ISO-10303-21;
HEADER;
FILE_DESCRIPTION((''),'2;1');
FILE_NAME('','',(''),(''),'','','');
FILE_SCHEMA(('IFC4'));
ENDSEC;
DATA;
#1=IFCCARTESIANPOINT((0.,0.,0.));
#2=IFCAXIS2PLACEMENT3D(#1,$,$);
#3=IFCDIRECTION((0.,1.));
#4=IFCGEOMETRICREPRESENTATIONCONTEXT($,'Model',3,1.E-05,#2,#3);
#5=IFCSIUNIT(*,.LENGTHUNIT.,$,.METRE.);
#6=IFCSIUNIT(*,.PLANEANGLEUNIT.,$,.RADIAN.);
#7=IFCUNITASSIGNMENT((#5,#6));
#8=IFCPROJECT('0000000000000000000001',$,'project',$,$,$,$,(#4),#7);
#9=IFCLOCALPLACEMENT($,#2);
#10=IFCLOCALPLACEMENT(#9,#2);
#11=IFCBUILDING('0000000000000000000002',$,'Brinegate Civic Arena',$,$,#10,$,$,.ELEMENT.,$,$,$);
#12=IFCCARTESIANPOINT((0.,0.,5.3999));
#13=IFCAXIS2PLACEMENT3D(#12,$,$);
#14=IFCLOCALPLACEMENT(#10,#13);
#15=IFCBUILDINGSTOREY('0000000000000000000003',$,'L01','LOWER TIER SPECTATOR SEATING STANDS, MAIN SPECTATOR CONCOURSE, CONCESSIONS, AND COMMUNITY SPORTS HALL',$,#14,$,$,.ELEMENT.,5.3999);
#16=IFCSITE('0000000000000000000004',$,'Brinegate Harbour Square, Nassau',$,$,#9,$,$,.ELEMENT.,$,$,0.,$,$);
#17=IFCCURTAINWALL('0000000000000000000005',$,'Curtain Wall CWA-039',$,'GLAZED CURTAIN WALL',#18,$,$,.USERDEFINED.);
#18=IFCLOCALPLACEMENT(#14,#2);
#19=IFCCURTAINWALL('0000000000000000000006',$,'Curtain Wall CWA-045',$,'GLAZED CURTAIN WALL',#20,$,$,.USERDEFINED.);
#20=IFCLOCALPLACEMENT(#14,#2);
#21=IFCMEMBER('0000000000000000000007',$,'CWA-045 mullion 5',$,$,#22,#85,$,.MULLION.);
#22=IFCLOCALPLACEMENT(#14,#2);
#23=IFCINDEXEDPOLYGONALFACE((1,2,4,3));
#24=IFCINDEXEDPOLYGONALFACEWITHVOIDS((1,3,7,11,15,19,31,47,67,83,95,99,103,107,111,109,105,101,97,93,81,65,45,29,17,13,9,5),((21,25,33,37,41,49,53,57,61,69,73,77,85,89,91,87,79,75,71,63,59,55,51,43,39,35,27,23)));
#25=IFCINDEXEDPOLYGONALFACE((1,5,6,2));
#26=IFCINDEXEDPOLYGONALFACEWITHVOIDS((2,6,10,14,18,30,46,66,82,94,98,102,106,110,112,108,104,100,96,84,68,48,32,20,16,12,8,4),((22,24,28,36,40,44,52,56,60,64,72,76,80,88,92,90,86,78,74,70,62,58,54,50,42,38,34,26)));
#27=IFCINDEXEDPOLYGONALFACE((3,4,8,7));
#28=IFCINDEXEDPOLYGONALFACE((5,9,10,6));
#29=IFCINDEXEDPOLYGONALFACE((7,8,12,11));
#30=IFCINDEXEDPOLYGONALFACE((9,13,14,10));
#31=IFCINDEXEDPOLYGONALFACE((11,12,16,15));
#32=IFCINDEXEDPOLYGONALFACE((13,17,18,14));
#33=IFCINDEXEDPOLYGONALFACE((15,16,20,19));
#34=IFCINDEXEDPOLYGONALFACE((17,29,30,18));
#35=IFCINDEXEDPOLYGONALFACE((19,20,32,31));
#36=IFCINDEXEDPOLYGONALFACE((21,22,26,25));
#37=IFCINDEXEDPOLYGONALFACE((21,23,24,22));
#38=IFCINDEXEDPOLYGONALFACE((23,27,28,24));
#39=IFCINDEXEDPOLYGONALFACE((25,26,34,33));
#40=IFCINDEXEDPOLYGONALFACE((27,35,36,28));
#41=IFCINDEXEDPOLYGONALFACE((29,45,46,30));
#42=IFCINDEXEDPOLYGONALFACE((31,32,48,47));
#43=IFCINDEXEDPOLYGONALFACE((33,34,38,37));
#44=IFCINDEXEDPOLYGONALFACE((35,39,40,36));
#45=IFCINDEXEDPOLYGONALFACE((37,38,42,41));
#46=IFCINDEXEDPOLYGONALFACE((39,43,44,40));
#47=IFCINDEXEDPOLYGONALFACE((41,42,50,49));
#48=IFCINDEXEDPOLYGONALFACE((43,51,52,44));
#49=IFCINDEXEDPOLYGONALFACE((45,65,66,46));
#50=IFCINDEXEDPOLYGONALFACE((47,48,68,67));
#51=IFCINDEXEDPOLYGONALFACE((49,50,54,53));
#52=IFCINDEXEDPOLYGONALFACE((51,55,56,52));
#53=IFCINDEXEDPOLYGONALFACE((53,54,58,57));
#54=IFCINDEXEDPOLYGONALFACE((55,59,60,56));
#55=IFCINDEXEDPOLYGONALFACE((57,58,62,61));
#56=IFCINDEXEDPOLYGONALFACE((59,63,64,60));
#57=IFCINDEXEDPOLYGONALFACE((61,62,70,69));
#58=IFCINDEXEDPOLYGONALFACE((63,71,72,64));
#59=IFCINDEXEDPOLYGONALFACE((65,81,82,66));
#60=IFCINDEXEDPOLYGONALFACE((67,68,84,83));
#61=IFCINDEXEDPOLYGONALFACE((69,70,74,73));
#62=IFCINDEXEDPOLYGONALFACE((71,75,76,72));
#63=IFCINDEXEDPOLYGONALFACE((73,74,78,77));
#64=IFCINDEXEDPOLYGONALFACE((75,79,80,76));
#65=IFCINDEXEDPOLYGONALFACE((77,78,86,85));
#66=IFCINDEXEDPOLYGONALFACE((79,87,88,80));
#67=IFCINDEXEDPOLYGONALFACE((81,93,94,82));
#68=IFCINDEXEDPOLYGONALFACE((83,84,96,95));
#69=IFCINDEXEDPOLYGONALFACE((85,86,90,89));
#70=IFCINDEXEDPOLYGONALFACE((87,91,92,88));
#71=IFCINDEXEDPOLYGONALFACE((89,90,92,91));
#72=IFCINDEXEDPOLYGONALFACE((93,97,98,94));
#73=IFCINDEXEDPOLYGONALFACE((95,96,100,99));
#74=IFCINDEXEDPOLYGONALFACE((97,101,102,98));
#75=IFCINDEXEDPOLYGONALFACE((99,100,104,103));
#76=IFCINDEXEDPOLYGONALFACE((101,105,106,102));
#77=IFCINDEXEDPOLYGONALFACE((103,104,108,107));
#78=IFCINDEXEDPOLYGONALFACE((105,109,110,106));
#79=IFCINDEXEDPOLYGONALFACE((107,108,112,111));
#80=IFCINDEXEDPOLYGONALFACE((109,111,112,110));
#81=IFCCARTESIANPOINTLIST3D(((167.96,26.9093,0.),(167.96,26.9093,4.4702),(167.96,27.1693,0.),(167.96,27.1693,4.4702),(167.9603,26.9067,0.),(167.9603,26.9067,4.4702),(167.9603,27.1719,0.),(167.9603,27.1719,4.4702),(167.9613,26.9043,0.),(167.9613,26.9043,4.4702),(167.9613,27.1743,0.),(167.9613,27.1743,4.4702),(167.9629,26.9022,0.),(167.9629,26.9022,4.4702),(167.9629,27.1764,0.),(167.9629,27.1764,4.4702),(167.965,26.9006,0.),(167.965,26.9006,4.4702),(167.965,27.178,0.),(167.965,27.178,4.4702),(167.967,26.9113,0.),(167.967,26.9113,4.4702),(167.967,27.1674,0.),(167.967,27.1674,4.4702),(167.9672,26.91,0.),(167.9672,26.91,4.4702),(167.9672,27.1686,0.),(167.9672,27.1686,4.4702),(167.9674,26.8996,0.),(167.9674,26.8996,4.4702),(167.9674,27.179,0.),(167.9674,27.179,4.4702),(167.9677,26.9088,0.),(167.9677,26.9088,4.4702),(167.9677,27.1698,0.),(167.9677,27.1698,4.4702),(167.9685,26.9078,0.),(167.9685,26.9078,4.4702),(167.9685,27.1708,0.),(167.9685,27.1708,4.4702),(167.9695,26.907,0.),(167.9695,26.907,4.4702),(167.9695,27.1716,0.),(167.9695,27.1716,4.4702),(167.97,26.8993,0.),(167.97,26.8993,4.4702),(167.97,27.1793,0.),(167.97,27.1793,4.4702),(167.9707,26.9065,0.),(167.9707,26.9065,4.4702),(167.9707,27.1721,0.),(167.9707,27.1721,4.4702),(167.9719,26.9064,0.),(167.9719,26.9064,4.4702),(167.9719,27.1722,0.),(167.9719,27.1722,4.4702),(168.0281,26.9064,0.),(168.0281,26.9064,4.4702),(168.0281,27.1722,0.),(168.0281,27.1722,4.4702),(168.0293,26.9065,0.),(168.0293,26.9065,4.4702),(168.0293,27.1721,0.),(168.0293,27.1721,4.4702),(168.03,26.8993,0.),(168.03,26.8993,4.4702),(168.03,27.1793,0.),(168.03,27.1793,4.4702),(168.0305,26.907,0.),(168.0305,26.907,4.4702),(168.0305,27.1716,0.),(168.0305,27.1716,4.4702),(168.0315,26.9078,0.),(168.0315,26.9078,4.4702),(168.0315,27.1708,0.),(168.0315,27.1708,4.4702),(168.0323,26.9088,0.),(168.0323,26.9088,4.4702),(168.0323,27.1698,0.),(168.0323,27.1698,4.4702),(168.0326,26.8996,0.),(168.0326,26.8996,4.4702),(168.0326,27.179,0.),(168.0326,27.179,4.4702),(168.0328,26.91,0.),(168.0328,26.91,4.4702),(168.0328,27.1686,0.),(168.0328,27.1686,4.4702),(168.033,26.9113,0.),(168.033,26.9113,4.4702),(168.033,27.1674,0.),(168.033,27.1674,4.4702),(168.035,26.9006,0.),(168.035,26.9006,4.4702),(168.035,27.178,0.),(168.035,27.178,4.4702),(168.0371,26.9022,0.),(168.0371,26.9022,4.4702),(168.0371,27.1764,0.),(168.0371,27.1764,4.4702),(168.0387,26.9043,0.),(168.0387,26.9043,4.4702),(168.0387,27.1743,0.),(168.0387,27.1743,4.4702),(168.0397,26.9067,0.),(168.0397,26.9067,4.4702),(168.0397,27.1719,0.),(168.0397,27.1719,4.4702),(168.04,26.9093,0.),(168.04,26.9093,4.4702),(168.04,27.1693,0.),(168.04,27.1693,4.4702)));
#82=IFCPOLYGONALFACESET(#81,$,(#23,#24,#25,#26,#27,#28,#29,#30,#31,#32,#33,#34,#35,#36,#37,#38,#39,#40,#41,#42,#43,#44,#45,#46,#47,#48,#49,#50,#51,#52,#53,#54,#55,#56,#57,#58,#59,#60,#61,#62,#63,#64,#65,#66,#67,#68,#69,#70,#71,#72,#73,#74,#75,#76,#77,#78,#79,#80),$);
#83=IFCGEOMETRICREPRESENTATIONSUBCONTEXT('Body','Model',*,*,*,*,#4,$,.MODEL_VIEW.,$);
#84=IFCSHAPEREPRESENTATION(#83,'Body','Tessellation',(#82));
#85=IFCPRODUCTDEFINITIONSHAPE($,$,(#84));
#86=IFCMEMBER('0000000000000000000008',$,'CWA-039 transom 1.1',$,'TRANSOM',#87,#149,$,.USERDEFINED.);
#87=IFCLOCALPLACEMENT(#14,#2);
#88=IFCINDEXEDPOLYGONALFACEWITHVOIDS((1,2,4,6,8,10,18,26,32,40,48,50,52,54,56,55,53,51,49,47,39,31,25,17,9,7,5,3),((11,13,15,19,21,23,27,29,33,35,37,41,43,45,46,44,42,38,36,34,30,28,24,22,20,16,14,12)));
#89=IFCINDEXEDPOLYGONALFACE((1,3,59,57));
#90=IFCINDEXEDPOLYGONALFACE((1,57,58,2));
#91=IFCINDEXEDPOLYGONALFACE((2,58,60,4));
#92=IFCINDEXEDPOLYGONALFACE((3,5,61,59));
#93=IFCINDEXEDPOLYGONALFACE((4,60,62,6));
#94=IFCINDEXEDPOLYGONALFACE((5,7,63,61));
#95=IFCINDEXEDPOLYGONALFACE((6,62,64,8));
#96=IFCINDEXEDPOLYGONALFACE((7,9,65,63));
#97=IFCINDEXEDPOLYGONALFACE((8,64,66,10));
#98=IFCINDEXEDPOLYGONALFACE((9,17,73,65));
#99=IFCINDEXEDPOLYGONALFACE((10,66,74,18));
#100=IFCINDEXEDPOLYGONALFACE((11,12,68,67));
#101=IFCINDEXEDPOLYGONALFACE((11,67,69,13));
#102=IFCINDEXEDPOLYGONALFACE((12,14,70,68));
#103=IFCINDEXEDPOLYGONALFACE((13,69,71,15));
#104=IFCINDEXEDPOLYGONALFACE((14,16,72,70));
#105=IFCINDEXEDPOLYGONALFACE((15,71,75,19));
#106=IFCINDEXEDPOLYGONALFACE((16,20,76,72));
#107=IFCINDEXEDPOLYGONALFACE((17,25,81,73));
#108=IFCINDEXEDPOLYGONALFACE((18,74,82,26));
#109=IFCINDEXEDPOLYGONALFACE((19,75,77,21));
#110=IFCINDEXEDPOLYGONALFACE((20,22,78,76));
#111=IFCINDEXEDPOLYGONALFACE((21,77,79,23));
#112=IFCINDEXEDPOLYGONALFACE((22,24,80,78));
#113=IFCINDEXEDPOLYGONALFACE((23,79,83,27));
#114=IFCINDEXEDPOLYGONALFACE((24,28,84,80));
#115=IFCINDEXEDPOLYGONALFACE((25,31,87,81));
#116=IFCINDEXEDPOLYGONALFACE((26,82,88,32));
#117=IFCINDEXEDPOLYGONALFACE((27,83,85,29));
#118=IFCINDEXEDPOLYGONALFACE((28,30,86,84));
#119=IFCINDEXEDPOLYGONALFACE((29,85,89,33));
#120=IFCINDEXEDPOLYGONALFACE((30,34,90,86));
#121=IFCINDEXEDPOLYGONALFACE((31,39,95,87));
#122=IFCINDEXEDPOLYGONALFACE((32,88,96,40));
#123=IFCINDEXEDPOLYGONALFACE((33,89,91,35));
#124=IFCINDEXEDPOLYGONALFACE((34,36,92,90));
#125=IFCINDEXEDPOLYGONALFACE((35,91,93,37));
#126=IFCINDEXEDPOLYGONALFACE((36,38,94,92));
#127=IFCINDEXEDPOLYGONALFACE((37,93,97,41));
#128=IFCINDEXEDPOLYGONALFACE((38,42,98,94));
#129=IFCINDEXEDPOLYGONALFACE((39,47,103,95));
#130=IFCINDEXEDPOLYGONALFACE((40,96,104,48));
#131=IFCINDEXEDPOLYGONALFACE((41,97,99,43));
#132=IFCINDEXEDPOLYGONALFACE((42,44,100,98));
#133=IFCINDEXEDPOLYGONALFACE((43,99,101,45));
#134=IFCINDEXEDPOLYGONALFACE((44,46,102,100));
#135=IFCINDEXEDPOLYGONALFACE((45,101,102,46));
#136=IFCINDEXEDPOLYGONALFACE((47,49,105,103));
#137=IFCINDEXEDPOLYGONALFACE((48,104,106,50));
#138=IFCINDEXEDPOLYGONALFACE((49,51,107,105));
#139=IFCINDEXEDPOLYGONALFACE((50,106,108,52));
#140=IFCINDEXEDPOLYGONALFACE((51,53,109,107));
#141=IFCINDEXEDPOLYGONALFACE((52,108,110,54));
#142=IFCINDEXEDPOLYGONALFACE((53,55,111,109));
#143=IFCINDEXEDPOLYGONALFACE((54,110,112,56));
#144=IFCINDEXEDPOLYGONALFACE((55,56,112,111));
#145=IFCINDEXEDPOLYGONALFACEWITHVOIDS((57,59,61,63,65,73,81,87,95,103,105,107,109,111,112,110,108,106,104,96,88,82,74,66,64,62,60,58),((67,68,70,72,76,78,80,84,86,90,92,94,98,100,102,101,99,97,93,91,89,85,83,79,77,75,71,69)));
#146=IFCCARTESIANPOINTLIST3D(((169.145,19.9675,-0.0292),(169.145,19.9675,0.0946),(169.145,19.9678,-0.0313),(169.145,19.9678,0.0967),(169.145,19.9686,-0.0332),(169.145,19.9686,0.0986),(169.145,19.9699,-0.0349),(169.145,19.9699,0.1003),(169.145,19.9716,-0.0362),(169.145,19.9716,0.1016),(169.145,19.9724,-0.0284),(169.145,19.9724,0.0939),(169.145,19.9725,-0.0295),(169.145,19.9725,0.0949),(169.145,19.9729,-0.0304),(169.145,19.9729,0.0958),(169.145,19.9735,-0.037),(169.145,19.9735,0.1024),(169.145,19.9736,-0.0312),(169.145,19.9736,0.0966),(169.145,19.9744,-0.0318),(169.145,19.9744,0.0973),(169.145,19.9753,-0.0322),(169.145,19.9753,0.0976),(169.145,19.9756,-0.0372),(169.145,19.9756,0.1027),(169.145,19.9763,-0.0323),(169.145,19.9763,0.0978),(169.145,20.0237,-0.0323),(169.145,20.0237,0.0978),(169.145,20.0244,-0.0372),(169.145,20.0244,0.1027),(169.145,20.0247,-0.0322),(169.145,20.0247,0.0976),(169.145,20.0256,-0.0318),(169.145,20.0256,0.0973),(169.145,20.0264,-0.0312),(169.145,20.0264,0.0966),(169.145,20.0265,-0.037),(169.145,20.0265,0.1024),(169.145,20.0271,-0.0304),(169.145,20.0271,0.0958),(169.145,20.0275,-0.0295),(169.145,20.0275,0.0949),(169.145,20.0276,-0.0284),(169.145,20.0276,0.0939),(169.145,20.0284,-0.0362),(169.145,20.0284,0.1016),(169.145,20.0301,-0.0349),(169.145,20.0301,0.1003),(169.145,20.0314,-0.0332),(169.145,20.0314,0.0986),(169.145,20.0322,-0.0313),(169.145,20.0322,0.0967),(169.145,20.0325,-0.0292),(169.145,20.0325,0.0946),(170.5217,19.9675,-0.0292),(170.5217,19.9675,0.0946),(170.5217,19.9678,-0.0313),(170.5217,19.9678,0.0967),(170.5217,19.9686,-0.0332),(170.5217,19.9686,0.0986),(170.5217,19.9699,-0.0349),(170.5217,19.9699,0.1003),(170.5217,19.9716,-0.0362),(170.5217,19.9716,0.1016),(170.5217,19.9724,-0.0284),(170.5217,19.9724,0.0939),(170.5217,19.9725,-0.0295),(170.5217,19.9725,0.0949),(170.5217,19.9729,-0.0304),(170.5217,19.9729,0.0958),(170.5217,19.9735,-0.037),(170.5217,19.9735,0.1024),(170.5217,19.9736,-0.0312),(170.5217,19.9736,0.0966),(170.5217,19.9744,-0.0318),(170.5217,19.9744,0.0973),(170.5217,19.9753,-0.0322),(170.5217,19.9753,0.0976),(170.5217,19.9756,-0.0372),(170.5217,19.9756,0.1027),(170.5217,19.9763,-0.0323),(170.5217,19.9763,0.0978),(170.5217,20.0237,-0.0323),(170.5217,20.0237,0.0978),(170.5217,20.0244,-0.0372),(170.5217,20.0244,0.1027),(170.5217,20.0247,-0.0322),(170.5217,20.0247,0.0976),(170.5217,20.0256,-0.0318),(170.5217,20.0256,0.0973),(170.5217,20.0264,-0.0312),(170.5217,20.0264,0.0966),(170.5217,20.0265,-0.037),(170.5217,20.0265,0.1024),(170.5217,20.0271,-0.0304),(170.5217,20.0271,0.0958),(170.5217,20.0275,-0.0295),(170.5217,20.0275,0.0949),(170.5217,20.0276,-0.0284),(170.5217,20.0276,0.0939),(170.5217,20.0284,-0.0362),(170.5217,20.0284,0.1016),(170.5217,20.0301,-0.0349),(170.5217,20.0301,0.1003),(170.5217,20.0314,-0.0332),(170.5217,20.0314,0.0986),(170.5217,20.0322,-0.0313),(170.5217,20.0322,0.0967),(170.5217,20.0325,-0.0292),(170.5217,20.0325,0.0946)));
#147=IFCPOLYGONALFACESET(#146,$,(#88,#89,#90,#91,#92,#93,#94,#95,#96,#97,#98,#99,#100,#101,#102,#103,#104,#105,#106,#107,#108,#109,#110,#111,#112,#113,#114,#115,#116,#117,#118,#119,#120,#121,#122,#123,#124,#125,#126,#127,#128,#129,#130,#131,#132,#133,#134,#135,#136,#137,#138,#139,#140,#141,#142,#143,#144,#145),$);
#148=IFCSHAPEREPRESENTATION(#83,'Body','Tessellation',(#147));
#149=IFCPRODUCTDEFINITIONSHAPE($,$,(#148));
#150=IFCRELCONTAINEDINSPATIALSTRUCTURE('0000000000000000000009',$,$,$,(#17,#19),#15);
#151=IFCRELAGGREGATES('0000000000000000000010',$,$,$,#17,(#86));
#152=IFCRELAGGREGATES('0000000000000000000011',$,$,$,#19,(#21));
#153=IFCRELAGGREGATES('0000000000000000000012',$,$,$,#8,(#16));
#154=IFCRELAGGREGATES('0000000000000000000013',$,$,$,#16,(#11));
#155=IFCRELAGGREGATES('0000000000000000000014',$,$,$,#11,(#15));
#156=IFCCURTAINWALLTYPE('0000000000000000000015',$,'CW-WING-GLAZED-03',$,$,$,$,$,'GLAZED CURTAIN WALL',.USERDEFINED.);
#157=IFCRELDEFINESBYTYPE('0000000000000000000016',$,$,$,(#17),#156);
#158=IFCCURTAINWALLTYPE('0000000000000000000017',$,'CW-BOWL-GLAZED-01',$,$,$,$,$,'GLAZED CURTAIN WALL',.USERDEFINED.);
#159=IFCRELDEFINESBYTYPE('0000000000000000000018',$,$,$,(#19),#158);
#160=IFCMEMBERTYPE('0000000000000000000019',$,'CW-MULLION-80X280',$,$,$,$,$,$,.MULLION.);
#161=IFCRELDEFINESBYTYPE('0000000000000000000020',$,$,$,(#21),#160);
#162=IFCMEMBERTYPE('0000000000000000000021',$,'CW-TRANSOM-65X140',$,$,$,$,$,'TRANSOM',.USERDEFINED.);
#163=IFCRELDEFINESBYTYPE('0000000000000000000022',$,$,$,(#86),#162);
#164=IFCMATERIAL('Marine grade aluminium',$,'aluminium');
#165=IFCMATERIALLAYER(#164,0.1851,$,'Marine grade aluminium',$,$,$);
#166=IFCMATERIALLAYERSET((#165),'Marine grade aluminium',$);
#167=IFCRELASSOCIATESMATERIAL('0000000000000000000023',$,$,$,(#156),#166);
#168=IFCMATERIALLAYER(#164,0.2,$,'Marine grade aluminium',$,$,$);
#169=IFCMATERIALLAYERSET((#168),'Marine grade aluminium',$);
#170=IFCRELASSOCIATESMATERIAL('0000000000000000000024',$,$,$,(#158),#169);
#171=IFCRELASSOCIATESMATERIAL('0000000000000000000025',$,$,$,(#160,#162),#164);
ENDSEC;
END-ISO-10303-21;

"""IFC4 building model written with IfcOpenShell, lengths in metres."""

from ifc_helpers import new_model, si_unit, direction, frame, origin, origin_2d, place, context, subcontext, project, spatial, hollow_rectangle, extrude, material, layer, layer_set, material_profile, profile_set, type_object, element, aggregate, save


model = new_model("IFC4")

# Units and contexts
model_context = context("Model", 3, precision=1e-05, world=origin(), true_north=direction((0.0, 1.0)))
body_context = subcontext(model_context, "Body", "Model", "MODEL_VIEW")
ifc_project = project(units=[si_unit("LENGTHUNIT", "METRE"), si_unit("PLANEANGLEUNIT", "RADIAN")], contexts=[model_context])

# Site, building, storey
site_placement = place(None, origin())
site = spatial("IfcSite", under=ifc_project, at=site_placement, Name="Brinegate Harbour Square, Nassau", CompositionType="ELEMENT", RefElevation=0.0)
building_placement = place(site_placement, origin())
building = spatial("IfcBuilding", under=site, at=building_placement, Name="Brinegate Civic Arena", CompositionType="ELEMENT")
storey_placement = place(building_placement, frame((0.0, 0.0, 5.3999)))
storey = spatial("IfcBuildingStorey", under=building, at=storey_placement, Name="L01", Description="LOWER TIER SPECTATOR SEATING STANDS, MAIN SPECTATOR CONCOURSE, CONCESSIONS, AND COMMUNITY SPORTS HALL", CompositionType="ELEMENT", Elevation=5.3999)

# Curtain wall
ifc_material_1 = material(Name="Marine grade aluminium", Category="aluminium")
ifc_layer_1 = layer(ifc_material_1, 0.1851, Name="Marine grade aluminium")
ifc_layer_set_1 = layer_set([ifc_layer_1], Name="Marine grade aluminium")
curtain_wall_type_1 = type_object("IfcCurtainWallType", Name="CW-WING-GLAZED-03", ElementType="GLAZED CURTAIN WALL", PredefinedType="USERDEFINED", material=ifc_layer_set_1)
curtain_wall_1_placement = place(storey_placement, origin())
curtain_wall_1 = element("IfcCurtainWall", 1, at=curtain_wall_1_placement, inside=storey, type_object=curtain_wall_type_1, Name="Curtain Wall CWA-039", ObjectType="GLAZED CURTAIN WALL", PredefinedType="USERDEFINED")

# Curtain wall, member
ifc_layer_2 = layer(ifc_material_1, 0.2, Name="Marine grade aluminium")
ifc_layer_set_2 = layer_set([ifc_layer_2], Name="Marine grade aluminium")
curtain_wall_type_2 = type_object("IfcCurtainWallType", Name="CW-BOWL-GLAZED-01", ElementType="GLAZED CURTAIN WALL", PredefinedType="USERDEFINED", material=ifc_layer_set_2)
curtain_wall_2_placement = place(storey_placement, origin())
curtain_wall_2 = element("IfcCurtainWall", 2, at=curtain_wall_2_placement, inside=storey, type_object=curtain_wall_type_2, Name="Curtain Wall CWA-045", ObjectType="GLAZED CURTAIN WALL", PredefinedType="USERDEFINED")
ifc_material_profile_1 = material_profile(ifc_material_1, hollow_rectangle(XDim=0.0801, YDim=0.28, WallThickness=0.0071, InnerFilletRadius=0.0049, OuterFilletRadius=0.01, at=origin_2d()), Name="MUL80X280")
ifc_profile_set_1 = profile_set([ifc_material_profile_1], Name="Marine grade aluminium")
member_type_1 = type_object("IfcMemberType", Name="CW-MULLION-80X280", PredefinedType="MULLION", material=ifc_profile_set_1)
member_1_placement = place(storey_placement, frame((168.0, 27.0393, 0.0), z_axis=(0.0, 0.0, 1.0), x_axis=(-1.0, 0.0, 0.0)))
member_1 = element("IfcMember", 3, at=member_1_placement, type_object=member_type_1, Name="CWA-045 mullion 5", PredefinedType="MULLION", context=body_context, shape_type="SweptSolid", body=[
    extrude(hollow_rectangle(XDim=0.0801, YDim=0.28, WallThickness=0.0071, InnerFilletRadius=0.0049, OuterFilletRadius=0.01, at=origin_2d()), origin(), (0.0, 0.0, 1.0), 4.4702),
])

# Member
ifc_material_profile_2 = material_profile(ifc_material_1, hollow_rectangle(XDim=0.0649, YDim=0.1399, WallThickness=0.0049, InnerFilletRadius=0.0039, OuterFilletRadius=0.0081, at=origin_2d()), Name="TRN65X140")
ifc_profile_set_2 = profile_set([ifc_material_profile_2], Name="Marine grade aluminium")
member_type_2 = type_object("IfcMemberType", Name="CW-TRANSOM-65X140", ElementType="TRANSOM", PredefinedType="USERDEFINED", material=ifc_profile_set_2)
member_2_placement = place(storey_placement, frame((169.145, 20.0, 0.0327), z_axis=(1.0, 0.0, 0.0), x_axis=(0.0, 1.0, 0.0)))
member_2 = element("IfcMember", 4, at=member_2_placement, type_object=member_type_2, Name="CWA-039 transom 1.1", ObjectType="TRANSOM", PredefinedType="USERDEFINED", context=body_context, shape_type="SweptSolid", body=[
    extrude(hollow_rectangle(XDim=0.0649, YDim=0.1399, WallThickness=0.0049, InnerFilletRadius=0.0039, OuterFilletRadius=0.0081, at=origin_2d()), origin(), (0.0, 0.0, 1.0), 1.3767),
])

aggregate(curtain_wall_1, [member_2])
aggregate(curtain_wall_2, [member_1])

save(model, "model.ifc")
